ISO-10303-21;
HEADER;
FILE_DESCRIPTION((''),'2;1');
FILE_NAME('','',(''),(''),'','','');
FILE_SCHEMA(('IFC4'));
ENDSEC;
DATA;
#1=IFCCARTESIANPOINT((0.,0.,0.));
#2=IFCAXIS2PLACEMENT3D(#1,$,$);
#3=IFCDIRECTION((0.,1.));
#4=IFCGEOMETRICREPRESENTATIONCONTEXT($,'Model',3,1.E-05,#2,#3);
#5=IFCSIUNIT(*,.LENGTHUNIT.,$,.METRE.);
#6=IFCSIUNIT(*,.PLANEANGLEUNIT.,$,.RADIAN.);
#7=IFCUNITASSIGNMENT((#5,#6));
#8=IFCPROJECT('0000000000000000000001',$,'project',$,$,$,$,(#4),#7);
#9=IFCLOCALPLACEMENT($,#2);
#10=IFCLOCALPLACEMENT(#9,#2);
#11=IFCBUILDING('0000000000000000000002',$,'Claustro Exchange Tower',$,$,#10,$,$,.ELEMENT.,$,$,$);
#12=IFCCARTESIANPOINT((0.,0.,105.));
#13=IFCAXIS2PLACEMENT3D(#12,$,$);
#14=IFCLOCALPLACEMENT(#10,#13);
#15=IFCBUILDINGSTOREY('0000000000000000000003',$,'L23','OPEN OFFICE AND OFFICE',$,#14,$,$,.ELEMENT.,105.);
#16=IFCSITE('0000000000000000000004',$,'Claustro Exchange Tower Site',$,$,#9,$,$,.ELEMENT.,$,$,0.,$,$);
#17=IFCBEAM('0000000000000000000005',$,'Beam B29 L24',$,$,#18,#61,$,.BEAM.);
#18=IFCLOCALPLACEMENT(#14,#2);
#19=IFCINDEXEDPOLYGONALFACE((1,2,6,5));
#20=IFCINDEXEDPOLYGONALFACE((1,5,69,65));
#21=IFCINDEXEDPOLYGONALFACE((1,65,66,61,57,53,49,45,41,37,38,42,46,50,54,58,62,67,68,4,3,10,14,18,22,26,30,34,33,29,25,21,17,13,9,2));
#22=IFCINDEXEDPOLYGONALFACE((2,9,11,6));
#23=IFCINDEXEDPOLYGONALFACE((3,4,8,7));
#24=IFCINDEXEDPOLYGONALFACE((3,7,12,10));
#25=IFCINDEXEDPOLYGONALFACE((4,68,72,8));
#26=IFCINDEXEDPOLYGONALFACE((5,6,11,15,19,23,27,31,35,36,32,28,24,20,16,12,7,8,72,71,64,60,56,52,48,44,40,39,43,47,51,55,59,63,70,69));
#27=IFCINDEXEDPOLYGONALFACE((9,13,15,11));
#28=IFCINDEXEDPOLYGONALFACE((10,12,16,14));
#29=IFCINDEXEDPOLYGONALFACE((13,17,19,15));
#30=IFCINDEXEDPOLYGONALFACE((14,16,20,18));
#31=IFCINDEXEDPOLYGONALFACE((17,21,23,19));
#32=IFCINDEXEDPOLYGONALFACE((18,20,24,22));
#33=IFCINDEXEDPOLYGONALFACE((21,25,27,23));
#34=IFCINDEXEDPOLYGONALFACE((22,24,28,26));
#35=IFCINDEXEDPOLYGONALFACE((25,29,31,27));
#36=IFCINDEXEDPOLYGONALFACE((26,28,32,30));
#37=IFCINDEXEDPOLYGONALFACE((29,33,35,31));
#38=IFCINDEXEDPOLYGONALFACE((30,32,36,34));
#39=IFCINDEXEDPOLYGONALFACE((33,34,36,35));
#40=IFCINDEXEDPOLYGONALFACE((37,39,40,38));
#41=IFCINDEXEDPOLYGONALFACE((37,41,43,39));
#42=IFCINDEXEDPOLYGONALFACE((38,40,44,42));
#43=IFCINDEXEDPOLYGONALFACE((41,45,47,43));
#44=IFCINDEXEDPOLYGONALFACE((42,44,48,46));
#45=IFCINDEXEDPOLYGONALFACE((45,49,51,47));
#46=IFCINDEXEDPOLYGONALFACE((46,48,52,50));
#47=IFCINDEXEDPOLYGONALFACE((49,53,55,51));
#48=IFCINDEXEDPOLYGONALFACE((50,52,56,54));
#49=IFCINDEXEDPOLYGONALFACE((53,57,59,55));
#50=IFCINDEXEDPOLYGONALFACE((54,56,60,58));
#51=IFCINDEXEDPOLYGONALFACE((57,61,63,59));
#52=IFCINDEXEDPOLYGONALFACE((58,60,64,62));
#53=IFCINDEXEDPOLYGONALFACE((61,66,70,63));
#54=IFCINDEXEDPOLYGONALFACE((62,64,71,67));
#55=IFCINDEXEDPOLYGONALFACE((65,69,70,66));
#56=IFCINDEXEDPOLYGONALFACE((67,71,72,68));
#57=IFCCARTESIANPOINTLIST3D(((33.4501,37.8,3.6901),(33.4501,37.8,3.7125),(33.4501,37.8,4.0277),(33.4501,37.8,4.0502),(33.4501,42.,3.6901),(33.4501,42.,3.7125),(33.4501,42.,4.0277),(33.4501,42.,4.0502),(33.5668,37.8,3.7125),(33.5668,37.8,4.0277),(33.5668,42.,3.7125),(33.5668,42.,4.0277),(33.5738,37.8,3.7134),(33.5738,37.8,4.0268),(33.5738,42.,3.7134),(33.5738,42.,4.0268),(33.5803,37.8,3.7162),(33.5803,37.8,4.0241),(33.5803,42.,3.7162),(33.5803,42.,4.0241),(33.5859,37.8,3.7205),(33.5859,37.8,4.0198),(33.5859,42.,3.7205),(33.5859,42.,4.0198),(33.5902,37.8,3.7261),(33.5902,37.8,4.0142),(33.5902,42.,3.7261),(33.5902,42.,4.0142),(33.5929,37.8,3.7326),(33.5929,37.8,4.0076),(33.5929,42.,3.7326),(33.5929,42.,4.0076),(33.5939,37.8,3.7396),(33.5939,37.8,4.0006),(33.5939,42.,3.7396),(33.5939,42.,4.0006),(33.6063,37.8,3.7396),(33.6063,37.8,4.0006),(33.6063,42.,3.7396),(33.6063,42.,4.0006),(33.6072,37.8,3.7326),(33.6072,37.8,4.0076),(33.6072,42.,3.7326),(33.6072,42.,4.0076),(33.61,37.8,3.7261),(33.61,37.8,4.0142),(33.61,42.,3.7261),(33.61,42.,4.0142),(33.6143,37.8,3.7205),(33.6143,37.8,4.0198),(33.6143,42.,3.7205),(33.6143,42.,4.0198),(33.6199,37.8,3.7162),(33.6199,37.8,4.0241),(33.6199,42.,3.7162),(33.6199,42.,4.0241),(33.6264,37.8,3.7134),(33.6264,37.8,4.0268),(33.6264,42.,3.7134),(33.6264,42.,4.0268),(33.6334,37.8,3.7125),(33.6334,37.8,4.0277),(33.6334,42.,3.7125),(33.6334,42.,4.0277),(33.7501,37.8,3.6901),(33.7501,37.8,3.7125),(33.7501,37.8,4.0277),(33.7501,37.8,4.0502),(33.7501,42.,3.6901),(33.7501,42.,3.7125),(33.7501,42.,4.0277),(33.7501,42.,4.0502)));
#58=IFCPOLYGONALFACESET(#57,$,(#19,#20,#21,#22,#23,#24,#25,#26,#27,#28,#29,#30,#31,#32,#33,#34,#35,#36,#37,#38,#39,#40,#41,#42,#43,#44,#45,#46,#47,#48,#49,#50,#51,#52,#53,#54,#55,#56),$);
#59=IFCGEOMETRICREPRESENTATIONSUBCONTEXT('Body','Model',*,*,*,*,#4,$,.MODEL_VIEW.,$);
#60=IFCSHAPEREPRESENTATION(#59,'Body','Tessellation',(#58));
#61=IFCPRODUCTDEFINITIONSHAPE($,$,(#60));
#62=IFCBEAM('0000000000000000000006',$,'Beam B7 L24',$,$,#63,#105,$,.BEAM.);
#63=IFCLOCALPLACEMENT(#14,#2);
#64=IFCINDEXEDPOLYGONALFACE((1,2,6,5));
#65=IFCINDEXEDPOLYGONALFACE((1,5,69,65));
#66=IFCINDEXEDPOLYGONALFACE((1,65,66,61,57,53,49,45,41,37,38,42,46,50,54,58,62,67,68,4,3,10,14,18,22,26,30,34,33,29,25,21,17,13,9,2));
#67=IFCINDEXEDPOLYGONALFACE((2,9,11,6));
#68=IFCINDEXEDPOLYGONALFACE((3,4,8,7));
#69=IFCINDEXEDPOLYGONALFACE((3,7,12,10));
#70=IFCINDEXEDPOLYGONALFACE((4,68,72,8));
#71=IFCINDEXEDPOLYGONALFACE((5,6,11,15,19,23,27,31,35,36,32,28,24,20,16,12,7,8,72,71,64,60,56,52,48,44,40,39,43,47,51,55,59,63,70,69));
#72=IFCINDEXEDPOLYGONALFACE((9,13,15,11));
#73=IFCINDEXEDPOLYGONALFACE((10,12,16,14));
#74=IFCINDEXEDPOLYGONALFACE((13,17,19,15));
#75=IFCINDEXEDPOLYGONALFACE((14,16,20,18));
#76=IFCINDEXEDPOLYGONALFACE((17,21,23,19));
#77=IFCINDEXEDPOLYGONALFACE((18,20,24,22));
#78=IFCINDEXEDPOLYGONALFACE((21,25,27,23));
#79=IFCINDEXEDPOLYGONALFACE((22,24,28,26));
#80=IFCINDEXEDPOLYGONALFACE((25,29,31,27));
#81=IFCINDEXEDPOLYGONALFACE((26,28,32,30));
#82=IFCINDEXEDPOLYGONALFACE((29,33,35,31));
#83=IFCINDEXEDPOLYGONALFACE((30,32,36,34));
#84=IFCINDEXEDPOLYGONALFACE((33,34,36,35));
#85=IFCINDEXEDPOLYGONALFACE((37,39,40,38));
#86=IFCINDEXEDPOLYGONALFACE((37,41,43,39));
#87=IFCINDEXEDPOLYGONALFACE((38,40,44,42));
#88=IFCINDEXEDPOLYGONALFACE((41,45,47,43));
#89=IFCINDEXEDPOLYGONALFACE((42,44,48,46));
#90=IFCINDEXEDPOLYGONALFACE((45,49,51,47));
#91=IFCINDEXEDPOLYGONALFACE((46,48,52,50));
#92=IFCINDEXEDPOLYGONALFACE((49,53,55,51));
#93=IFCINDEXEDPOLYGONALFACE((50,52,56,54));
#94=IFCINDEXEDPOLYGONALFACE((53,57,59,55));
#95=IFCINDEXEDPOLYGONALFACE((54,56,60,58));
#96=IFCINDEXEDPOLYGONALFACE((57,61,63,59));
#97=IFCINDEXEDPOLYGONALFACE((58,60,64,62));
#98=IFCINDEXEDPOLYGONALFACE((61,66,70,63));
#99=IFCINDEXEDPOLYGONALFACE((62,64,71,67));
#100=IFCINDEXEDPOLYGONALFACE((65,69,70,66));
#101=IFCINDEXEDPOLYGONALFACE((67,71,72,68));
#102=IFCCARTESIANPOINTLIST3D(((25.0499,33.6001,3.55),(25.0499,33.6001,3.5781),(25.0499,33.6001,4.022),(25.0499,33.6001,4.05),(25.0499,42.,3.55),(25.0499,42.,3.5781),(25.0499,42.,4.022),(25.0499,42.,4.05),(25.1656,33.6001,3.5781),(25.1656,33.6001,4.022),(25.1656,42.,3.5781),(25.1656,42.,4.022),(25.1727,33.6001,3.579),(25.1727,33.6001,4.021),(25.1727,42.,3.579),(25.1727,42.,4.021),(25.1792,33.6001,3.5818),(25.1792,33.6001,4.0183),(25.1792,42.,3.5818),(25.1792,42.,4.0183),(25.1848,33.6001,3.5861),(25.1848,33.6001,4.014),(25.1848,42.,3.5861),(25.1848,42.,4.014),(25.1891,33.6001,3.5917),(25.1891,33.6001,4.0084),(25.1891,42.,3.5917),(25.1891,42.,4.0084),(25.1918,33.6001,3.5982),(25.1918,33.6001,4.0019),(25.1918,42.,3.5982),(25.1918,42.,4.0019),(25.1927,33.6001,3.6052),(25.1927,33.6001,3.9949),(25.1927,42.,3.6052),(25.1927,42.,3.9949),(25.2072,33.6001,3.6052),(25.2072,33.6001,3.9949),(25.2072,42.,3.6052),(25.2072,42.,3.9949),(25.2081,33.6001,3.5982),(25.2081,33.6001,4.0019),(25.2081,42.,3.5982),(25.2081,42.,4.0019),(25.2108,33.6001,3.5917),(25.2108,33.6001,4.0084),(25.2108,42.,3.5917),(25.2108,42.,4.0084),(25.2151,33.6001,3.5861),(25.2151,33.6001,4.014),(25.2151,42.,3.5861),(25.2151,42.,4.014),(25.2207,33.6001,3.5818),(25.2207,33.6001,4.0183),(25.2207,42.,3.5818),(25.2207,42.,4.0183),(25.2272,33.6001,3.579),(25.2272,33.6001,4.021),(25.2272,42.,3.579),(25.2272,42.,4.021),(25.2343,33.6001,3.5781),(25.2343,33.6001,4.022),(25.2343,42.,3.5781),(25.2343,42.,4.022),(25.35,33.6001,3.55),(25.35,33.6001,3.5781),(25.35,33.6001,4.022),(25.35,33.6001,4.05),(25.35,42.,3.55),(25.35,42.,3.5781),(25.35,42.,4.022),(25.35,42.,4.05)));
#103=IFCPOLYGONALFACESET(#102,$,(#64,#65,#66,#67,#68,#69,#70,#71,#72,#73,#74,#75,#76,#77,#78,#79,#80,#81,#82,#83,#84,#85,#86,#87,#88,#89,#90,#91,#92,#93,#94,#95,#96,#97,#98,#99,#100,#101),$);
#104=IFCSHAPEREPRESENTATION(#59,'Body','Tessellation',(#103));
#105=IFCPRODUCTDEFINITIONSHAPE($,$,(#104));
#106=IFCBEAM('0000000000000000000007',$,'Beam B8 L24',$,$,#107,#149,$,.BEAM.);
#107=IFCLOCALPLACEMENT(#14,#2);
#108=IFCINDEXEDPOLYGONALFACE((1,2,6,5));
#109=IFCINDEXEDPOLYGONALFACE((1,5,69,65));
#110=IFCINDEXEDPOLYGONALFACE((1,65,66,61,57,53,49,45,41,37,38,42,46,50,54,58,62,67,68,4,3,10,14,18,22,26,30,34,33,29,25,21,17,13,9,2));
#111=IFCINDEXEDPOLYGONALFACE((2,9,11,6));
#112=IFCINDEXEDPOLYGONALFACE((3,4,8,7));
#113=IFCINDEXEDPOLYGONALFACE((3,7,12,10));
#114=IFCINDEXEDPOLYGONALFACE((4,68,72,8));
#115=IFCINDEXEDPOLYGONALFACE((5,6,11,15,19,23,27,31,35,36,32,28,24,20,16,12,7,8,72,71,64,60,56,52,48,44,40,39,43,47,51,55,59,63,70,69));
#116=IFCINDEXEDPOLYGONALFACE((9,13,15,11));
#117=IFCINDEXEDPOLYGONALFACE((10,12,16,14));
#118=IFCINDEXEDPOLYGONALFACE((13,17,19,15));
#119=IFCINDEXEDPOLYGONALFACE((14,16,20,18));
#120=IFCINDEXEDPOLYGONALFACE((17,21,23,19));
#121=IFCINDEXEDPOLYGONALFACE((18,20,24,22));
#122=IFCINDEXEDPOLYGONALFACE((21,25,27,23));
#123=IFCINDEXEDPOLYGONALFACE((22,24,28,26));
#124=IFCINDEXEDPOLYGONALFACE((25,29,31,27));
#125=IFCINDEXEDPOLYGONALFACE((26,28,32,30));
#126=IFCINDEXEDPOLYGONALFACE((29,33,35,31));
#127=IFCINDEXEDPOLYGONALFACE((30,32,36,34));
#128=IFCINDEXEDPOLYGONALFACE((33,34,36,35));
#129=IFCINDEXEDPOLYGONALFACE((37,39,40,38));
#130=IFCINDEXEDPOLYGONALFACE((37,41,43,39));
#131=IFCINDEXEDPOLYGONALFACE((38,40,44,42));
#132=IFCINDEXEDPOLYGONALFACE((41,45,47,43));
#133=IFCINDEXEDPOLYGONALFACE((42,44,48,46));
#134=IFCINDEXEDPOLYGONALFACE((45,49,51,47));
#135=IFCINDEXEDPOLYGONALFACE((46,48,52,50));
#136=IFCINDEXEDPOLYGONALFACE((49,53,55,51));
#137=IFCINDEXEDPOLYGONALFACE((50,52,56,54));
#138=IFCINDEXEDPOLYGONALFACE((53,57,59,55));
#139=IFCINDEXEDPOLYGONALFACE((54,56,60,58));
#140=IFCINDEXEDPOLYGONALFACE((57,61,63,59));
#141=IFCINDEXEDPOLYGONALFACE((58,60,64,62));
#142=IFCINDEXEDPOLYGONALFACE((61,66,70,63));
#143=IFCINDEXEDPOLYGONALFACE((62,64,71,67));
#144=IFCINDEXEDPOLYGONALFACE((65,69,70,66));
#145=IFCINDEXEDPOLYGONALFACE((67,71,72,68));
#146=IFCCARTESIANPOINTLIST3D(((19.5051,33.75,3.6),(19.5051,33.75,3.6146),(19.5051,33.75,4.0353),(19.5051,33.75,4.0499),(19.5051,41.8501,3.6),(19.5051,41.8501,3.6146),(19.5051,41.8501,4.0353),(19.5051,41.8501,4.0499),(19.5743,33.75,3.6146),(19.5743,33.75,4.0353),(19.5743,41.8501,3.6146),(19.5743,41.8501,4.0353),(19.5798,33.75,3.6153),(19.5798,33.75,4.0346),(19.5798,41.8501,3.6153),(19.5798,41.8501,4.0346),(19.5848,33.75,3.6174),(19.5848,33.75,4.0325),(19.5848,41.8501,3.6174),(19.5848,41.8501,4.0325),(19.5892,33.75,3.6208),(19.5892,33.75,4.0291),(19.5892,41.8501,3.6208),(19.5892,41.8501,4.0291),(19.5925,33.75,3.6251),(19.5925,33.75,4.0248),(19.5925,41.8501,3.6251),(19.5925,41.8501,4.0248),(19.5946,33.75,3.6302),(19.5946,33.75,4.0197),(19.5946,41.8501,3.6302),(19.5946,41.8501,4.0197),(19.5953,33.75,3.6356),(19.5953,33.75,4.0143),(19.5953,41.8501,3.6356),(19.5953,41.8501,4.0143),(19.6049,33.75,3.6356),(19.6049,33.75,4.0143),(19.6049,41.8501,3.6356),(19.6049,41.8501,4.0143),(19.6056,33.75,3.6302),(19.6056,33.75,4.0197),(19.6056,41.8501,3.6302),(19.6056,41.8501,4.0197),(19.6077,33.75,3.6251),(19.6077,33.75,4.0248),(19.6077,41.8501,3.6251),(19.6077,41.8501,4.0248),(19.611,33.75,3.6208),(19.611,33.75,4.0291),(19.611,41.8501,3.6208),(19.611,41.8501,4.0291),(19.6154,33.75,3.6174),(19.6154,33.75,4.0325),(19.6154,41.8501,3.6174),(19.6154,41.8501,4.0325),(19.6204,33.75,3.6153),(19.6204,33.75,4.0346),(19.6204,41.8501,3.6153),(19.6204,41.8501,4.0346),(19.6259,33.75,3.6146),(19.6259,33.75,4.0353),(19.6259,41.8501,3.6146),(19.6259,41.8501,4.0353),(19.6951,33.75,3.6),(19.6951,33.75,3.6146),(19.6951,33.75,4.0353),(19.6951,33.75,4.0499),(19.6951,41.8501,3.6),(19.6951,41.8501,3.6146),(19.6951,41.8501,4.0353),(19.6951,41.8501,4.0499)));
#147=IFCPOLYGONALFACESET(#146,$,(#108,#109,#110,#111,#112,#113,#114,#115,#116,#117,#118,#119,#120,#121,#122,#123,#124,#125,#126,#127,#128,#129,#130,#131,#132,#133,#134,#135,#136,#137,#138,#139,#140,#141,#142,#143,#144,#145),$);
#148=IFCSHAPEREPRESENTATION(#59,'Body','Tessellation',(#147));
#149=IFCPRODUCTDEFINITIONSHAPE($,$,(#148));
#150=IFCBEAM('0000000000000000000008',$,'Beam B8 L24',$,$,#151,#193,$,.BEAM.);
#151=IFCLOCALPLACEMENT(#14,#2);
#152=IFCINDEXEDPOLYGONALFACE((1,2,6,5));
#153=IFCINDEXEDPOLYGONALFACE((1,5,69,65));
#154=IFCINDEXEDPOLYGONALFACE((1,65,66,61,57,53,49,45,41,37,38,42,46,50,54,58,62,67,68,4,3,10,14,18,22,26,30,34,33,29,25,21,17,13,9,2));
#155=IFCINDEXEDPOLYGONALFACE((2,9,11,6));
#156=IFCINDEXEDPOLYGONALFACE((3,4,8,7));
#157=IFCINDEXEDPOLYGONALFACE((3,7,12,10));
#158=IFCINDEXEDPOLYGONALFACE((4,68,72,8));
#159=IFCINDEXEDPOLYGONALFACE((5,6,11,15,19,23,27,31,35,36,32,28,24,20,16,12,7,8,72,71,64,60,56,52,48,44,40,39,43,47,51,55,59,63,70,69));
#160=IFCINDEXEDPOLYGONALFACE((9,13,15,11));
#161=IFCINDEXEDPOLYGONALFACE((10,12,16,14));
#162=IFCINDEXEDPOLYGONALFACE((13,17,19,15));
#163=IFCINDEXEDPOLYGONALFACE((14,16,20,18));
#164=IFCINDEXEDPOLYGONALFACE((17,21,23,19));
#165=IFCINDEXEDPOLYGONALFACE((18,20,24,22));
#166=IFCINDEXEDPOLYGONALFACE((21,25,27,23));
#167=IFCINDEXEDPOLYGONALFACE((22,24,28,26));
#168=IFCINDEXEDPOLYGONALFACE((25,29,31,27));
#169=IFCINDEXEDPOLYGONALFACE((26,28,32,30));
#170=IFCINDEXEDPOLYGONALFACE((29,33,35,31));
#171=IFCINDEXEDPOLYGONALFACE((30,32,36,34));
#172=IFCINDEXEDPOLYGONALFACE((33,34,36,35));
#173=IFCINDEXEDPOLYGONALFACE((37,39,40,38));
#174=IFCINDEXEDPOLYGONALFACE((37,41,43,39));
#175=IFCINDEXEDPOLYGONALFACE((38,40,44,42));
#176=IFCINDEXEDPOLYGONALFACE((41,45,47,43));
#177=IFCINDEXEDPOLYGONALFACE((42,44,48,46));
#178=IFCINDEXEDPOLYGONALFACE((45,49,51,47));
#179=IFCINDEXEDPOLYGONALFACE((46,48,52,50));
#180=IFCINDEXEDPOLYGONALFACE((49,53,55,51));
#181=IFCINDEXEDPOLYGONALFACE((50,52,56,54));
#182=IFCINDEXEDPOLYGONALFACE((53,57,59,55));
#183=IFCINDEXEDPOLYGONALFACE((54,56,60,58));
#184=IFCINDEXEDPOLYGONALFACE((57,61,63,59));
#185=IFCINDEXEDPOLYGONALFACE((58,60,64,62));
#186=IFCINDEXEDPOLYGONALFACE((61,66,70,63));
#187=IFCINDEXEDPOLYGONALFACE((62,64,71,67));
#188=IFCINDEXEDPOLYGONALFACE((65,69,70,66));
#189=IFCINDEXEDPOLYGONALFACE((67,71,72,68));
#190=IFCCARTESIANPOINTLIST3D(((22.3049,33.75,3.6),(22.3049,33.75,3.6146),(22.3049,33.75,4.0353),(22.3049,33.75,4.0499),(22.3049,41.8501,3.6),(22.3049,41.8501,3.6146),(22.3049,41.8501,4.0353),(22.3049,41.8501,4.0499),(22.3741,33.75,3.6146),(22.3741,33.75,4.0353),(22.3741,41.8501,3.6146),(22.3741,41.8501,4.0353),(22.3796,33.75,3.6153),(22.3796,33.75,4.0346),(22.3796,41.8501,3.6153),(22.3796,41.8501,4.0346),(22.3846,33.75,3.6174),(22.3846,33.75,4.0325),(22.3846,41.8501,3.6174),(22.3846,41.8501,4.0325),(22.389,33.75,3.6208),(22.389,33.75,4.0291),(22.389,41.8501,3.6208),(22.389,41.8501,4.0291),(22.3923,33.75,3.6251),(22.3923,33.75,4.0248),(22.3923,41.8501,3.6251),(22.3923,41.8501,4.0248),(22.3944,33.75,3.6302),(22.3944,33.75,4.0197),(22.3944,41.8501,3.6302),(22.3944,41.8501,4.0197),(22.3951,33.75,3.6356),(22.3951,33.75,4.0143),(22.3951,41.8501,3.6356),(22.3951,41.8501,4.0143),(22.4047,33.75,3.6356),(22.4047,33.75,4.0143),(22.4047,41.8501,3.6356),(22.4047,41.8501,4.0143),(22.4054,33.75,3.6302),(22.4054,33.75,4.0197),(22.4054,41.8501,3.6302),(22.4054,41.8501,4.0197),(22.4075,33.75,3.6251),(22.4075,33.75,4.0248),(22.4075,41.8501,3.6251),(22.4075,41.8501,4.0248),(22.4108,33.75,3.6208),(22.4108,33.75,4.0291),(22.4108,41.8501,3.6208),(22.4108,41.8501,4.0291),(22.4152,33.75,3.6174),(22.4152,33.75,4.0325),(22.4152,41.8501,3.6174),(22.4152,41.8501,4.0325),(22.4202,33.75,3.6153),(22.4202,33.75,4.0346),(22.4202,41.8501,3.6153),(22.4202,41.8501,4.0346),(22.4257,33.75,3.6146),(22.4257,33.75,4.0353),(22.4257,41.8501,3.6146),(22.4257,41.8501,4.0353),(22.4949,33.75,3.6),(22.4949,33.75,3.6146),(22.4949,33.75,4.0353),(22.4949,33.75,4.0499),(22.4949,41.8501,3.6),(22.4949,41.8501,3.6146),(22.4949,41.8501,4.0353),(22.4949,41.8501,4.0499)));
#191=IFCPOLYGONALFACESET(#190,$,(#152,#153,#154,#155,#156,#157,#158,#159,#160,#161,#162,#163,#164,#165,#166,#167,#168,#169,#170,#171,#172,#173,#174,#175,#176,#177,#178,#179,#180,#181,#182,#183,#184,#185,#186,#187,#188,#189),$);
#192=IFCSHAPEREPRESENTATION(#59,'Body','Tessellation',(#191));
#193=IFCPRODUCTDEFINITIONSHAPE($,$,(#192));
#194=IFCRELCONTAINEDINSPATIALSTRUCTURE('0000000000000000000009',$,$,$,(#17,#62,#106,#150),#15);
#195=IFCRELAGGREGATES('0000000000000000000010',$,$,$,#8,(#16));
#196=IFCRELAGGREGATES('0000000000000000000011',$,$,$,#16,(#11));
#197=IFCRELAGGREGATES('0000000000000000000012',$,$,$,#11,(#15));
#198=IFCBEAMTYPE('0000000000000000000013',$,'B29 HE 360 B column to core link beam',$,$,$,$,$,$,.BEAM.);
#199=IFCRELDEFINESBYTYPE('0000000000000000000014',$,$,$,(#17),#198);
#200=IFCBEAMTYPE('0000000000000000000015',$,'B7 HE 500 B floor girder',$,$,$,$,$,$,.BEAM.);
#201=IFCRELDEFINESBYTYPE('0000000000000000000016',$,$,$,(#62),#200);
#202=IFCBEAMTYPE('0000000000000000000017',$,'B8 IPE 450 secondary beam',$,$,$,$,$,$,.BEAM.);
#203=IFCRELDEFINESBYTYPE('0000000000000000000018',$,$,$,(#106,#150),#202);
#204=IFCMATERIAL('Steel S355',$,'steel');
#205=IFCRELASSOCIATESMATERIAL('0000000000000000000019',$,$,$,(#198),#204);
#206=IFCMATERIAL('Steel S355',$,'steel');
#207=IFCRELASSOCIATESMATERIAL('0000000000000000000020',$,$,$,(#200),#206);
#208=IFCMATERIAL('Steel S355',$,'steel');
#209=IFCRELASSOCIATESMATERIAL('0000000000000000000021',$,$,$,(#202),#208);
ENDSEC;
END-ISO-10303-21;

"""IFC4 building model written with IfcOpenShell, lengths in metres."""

from ifc_helpers import new_model, si_unit, direction, frame, origin, origin_2d, place, context, subcontext, project, spatial, i_section, extrude, material, material_profile, profile_set, type_object, element, save


model = new_model("IFC4")

# Units and contexts
model_context = context("Model", 3, precision=1e-05, world=origin(), true_north=direction((0.0, 1.0)))
body_context = subcontext(model_context, "Body", "Model", "MODEL_VIEW")
ifc_project = project(units=[si_unit("LENGTHUNIT", "METRE"), si_unit("PLANEANGLEUNIT", "RADIAN")], contexts=[model_context])

# Site, building, storey
site_placement = place(None, origin())
site = spatial("IfcSite", under=ifc_project, at=site_placement, Name="Claustro Exchange Tower Site", CompositionType="ELEMENT", RefElevation=0.0)
building_placement = place(site_placement, origin())
building = spatial("IfcBuilding", under=site, at=building_placement, Name="Claustro Exchange Tower", CompositionType="ELEMENT")
storey_placement = place(building_placement, frame((0.0, 0.0, 105.0)))
storey = spatial("IfcBuildingStorey", under=building, at=storey_placement, Name="L23", Description="OPEN OFFICE AND OFFICE", CompositionType="ELEMENT", Elevation=105.0)

# Beams
ifc_material_1 = material(Name="Steel S355", Category="steel")
ifc_material_profile_1 = material_profile(ifc_material_1, i_section(OverallWidth=0.3, OverallDepth=0.3601, WebThickness=0.0125, FlangeThickness=0.0225, FilletRadius=0.0271, at=origin_2d()), Name="HE 360 B")
ifc_profile_set_1 = profile_set([ifc_material_profile_1], Name="Steel S355")
beam_type_1 = type_object("IfcBeamType", Name="B29 HE 360 B column to core link beam", PredefinedType="BEAM", material=ifc_profile_set_1)
beam_1_placement = place(storey_placement, frame((33.6001, 37.8, 3.8701), z_axis=(0.0, 1.0, 0.0), x_axis=(-1.0, 0.0, 0.0)))
element("IfcBeam", 1, at=beam_1_placement, inside=storey, type_object=beam_type_1, Name="Beam B29 L24", PredefinedType="BEAM", context=body_context, shape_type="SweptSolid", body=[
    extrude(i_section(OverallWidth=0.3, OverallDepth=0.3601, WebThickness=0.0125, FlangeThickness=0.0225, FilletRadius=0.0271, at=origin_2d()), origin(), (0.0, 0.0, 1.0), 4.2),
])
ifc_material_2 = material(Name="Steel S355", Category="steel")
ifc_material_profile_2 = material_profile(ifc_material_2, i_section(OverallWidth=0.3, OverallDepth=0.5, WebThickness=0.0144, FlangeThickness=0.0281, FilletRadius=0.0271, at=origin_2d()), Name="HE 500 B")
ifc_profile_set_2 = profile_set([ifc_material_profile_2], Name="Steel S355")
beam_type_2 = type_object("IfcBeamType", Name="B7 HE 500 B floor girder", PredefinedType="BEAM", material=ifc_profile_set_2)
beam_2_placement = place(storey_placement, frame((25.2, 33.6001, 3.8), z_axis=(0.0, 1.0, 0.0), x_axis=(-1.0, 0.0, 0.0)))
element("IfcBeam", 2, at=beam_2_placement, inside=storey, type_object=beam_type_2, Name="Beam B7 L24", PredefinedType="BEAM", context=body_context, shape_type="SweptSolid", body=[
    extrude(i_section(OverallWidth=0.3, OverallDepth=0.5, WebThickness=0.0144, FlangeThickness=0.0281, FilletRadius=0.0271, at=origin_2d()), origin(), (0.0, 0.0, 1.0), 8.3999),
])
ifc_material_3 = material(Name="Steel S355", Category="steel")
ifc_material_profile_3 = material_profile(ifc_material_3, i_section(OverallWidth=0.1899, OverallDepth=0.45, WebThickness=0.0095, FlangeThickness=0.0146, FilletRadius=0.021, at=origin_2d()), Name="IPE 450")
ifc_profile_set_3 = profile_set([ifc_material_profile_3], Name="Steel S355")
beam_type_3 = type_object("IfcBeamType", Name="B8 IPE 450 secondary beam", PredefinedType="BEAM", material=ifc_profile_set_3)
for number, where, z_axis, x_axis, name in (
    (3, (19.6001, 33.75, 3.825), (0.0, 1.0, 0.0), (-1.0, 0.0, 0.0), "Beam B8 L24"),
    (4, (22.3999, 33.75, 3.825), (0.0, 1.0, 0.0), (-1.0, 0.0, 0.0), "Beam B8 L24"),
):
    element("IfcBeam", number, at=place(storey_placement, frame(where, z_axis=z_axis, x_axis=x_axis)), inside=storey, type_object=beam_type_3, Name=name, PredefinedType="BEAM", context=body_context, shape_type="SweptSolid", body=[
        extrude(i_section(OverallWidth=0.1899, OverallDepth=0.45, WebThickness=0.0095, FlangeThickness=0.0146, FilletRadius=0.021, at=origin_2d()), origin(), (0.0, 0.0, 1.0), 8.1001),
    ])

save(model, "model.ifc")
